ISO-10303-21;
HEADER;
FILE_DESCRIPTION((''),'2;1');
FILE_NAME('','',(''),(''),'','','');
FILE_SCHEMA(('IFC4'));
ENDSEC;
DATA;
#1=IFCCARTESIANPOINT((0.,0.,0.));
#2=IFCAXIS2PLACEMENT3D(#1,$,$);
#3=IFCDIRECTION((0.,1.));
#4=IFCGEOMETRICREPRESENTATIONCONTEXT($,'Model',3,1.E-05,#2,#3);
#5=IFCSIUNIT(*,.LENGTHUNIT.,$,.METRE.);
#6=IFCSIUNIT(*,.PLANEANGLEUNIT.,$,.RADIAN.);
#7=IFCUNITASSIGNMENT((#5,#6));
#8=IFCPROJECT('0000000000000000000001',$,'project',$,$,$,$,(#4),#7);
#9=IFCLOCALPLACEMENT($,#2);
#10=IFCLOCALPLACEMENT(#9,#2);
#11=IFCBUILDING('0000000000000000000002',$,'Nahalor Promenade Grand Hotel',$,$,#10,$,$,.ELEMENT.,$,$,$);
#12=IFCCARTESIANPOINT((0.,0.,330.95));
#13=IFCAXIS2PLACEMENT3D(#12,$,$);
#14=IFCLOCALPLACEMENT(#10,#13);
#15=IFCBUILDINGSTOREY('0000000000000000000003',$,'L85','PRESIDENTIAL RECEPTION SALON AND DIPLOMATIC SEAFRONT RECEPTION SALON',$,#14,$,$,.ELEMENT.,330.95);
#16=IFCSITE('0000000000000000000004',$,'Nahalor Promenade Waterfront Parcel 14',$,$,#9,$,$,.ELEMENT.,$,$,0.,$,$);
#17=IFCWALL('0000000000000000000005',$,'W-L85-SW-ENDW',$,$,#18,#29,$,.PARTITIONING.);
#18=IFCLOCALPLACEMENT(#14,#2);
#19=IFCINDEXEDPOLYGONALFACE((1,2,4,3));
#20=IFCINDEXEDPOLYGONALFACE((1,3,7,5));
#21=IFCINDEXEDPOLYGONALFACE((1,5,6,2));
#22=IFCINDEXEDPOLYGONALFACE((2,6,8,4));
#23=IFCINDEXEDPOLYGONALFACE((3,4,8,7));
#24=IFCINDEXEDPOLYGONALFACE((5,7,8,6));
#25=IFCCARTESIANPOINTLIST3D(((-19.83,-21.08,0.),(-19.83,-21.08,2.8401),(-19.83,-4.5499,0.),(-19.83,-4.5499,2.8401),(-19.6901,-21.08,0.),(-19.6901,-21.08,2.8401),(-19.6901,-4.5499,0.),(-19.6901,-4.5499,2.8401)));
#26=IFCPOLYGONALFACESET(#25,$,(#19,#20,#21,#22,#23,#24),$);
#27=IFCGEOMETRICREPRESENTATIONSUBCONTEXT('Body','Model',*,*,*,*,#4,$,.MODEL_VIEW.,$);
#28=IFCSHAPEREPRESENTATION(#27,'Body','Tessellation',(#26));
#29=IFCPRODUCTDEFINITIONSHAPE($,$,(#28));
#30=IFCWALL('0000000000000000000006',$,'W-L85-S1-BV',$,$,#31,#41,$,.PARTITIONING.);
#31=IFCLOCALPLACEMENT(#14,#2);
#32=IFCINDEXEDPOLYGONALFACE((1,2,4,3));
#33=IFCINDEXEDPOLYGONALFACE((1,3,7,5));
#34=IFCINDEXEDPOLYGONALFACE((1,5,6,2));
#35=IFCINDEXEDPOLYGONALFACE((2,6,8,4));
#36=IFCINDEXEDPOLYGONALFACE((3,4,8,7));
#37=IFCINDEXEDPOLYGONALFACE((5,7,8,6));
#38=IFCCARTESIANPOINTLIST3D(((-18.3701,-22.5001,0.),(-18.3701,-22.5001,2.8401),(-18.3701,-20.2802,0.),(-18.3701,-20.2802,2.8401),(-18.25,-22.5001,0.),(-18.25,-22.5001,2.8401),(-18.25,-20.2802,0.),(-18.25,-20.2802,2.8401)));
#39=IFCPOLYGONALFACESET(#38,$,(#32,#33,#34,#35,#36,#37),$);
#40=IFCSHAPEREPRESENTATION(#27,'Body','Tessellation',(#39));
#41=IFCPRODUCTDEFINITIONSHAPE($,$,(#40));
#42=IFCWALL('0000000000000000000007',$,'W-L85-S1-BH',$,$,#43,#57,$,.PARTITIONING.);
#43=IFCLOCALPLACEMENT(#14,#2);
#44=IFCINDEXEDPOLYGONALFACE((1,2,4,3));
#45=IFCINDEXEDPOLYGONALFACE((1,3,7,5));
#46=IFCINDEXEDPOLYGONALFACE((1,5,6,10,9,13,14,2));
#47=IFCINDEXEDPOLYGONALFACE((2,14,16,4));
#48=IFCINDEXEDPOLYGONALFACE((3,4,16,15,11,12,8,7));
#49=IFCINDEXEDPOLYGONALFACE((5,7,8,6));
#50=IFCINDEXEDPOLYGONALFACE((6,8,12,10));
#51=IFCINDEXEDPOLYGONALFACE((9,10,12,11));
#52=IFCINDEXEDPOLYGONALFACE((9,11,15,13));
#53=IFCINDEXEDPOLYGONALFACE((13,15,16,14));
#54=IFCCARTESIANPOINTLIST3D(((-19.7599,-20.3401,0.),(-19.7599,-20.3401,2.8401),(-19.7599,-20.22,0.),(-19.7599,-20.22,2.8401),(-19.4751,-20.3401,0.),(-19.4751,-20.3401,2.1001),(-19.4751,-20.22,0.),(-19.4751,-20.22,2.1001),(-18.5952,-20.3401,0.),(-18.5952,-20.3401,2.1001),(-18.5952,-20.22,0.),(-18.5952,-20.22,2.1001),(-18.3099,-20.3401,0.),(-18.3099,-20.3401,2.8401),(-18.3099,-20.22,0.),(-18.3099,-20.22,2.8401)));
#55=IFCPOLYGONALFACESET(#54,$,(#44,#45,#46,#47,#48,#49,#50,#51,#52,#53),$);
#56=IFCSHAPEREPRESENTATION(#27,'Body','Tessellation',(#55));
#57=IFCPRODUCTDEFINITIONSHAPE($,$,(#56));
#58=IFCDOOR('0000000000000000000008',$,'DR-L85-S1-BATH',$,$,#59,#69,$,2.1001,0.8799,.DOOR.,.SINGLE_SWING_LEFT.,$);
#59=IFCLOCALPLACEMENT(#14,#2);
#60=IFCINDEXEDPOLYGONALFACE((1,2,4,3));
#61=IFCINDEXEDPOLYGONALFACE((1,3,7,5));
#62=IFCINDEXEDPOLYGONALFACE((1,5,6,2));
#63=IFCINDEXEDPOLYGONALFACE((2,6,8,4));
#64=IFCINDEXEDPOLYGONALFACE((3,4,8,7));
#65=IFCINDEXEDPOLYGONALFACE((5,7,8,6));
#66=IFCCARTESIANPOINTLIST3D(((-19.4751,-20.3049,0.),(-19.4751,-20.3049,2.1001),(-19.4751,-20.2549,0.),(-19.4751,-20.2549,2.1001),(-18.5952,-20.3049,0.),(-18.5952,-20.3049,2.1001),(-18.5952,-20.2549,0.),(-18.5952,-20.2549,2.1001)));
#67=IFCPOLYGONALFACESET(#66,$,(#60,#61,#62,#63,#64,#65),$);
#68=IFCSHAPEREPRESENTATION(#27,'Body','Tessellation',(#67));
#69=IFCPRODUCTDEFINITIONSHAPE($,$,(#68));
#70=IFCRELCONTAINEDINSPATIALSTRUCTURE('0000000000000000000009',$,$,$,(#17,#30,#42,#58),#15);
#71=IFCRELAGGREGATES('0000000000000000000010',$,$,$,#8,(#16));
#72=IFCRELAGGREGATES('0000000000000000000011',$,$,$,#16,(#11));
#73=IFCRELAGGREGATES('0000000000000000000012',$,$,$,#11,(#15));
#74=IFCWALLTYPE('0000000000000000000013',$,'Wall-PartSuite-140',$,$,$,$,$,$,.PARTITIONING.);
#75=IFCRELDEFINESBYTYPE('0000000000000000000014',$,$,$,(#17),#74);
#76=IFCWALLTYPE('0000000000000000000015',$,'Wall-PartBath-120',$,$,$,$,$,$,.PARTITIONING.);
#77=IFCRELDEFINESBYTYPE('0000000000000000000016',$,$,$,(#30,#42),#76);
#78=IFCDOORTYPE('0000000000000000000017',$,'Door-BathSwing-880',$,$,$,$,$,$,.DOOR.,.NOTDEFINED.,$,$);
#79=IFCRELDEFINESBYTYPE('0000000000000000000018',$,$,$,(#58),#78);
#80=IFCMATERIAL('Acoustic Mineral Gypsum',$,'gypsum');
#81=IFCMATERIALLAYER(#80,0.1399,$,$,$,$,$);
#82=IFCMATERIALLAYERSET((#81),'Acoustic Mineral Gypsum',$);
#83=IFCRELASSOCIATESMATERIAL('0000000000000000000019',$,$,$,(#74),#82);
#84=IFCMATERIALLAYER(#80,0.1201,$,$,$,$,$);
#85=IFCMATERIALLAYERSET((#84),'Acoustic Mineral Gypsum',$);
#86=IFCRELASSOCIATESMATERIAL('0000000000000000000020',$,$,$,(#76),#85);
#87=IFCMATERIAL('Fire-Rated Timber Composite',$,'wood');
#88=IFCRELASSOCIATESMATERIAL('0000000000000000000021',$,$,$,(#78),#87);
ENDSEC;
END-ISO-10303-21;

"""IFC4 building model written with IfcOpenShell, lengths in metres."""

from ifc_helpers import new_model, si_unit, direction, frame, frame_2d, origin, place, context, subcontext, project, spatial, rectangle, extrude, source, transform, mapped, material, layer, layer_set, type_object, element, fill, save


model = new_model("IFC4")

# Units and contexts
model_context = context("Model", 3, precision=1e-05, world=origin(), true_north=direction((0.0, 1.0)))
body_context = subcontext(model_context, "Body", "Model", "MODEL_VIEW")
ifc_project = project(units=[si_unit("LENGTHUNIT", "METRE"), si_unit("PLANEANGLEUNIT", "RADIAN")], contexts=[model_context])

# Site, building, storey
site_placement = place(None, origin())
site = spatial("IfcSite", under=ifc_project, at=site_placement, Name="Nahalor Promenade Waterfront Parcel 14", CompositionType="ELEMENT", RefElevation=0.0)
building_placement = place(site_placement, origin())
building = spatial("IfcBuilding", under=site, at=building_placement, Name="Nahalor Promenade Grand Hotel", CompositionType="ELEMENT")
storey_placement = place(building_placement, frame((0.0, 0.0, 330.95)))
storey = spatial("IfcBuildingStorey", under=building, at=storey_placement, Name="L85", Description="PRESIDENTIAL RECEPTION SALON AND DIPLOMATIC SEAFRONT RECEPTION SALON", CompositionType="ELEMENT", Elevation=330.95)

# Walls
ifc_material_1 = material(Name="Acoustic Mineral Gypsum", Category="gypsum")
ifc_layer_1 = layer(ifc_material_1, 0.1399)
ifc_layer_set_1 = layer_set([ifc_layer_1], Name="Acoustic Mineral Gypsum")
wall_type_1 = type_object("IfcWallType", Name="Wall-PartSuite-140", PredefinedType="PARTITIONING", material=ifc_layer_set_1)
shared_shape_1 = source(origin(), body_context, "Body", "SweptSolid", [
    extrude(rectangle(XDim=16.53, YDim=0.1399, at=frame_2d((8.2651, 0.0))), origin(), (0.0, 0.0, 1.0), 2.8401),
])
wall_1_placement = place(storey_placement, frame((-19.76, -21.0801, 0.0), z_axis=(0.0, 0.0, 1.0), x_axis=(0.0, 1.0, 0.0)))
element("IfcWall", 1, at=wall_1_placement, inside=storey, type_object=wall_type_1, Name="W-L85-SW-ENDW", PredefinedType="PARTITIONING", context=body_context, shape_type="MappedRepresentation", body=[
    mapped(shared_shape_1, transform((0.0, 0.0, 0.0), scale=1.0)),
])
ifc_layer_2 = layer(ifc_material_1, 0.1201)
ifc_layer_set_2 = layer_set([ifc_layer_2], Name="Acoustic Mineral Gypsum")
wall_type_2 = type_object("IfcWallType", Name="Wall-PartBath-120", PredefinedType="PARTITIONING", material=ifc_layer_set_2)
shared_shape_2 = source(origin(), body_context, "Body", "SweptSolid", [
    extrude(rectangle(XDim=2.22, YDim=0.1201, at=frame_2d((1.1099, 0.0))), origin(), (0.0, 0.0, 1.0), 2.8401),
])
wall_2_placement = place(storey_placement, frame((-18.3101, -22.5, 0.0), z_axis=(0.0, 0.0, 1.0), x_axis=(0.0, 1.0, 0.0)))
element("IfcWall", 2, at=wall_2_placement, inside=storey, type_object=wall_type_2, Name="W-L85-S1-BV", PredefinedType="PARTITIONING", context=body_context, shape_type="MappedRepresentation", body=[
    mapped(shared_shape_2, transform((0.0, 0.0, 0.0), scale=1.0)),
])

# Wall, opening, door
shared_shape_3 = source(origin(), body_context, "Body", "SweptSolid", [
    extrude(rectangle(XDim=1.45, YDim=0.1201, at=frame_2d((0.7251, 0.0))), origin(), (0.0, 0.0, 1.0), 2.8401),
])
wall_3_placement = place(storey_placement, frame((-19.76, -20.28, 0.0), z_axis=(0.0, 0.0, 1.0), x_axis=(1.0, 0.0, 0.0)))
wall_3 = element("IfcWall", 3, at=wall_3_placement, inside=storey, type_object=wall_type_2, Name="W-L85-S1-BH", PredefinedType="PARTITIONING", context=body_context, shape_type="MappedRepresentation", body=[
    mapped(shared_shape_3, transform((0.0, 0.0, 0.0), scale=1.0)),
])
opening_1_placement = place(wall_3_placement, frame((0.2849, 0.0, 0.0)))
opening_1 = element("IfcOpeningElement", 4, at=opening_1_placement, cuts=wall_3, PredefinedType="OPENING", context=body_context, shape_type="SweptSolid", body=[
    extrude(rectangle(XDim=0.8799, YDim=2.1001, at=frame_2d((0.4399, 1.05))), frame((0.0, 0.0701, 0.0), z_axis=(0.0, -1.0, 0.0), x_axis=(1.0, 0.0, 0.0)), (0.0, 0.0, 1.0), 0.1401),
])
ifc_material_2 = material(Name="Fire-Rated Timber Composite", Category="wood")
door_type_1 = type_object("IfcDoorType", Name="Door-BathSwing-880", OperationType="NOTDEFINED", PredefinedType="DOOR", material=ifc_material_2)
shared_shape_4 = source(origin(), body_context, "Body", "SweptSolid", [
    extrude(rectangle(XDim=0.8799, YDim=2.1001, at=frame_2d((0.4399, 1.05))), frame((0.0, 0.0249, 0.0), z_axis=(0.0, -1.0, 0.0), x_axis=(1.0, 0.0, 0.0)), (0.0, 0.0, 1.0), 0.05),
])
door_1_placement = place(opening_1_placement, frame((0.8799, 0.0, 0.0), z_axis=(0.0, 0.0, 1.0), x_axis=(-1.0, 0.0, 0.0)))
door_1 = element("IfcDoor", 5, at=door_1_placement, inside=storey, type_object=door_type_1, Name="DR-L85-S1-BATH", OperationType="SINGLE_SWING_LEFT", OverallHeight=2.1001, OverallWidth=0.8799, PredefinedType="DOOR", context=body_context, shape_type="MappedRepresentation", body=[
    mapped(shared_shape_4, transform((0.0, 0.0, 0.0), scale=1.0)),
])
fill(opening_1, door_1)

save(model, "model.ifc")
